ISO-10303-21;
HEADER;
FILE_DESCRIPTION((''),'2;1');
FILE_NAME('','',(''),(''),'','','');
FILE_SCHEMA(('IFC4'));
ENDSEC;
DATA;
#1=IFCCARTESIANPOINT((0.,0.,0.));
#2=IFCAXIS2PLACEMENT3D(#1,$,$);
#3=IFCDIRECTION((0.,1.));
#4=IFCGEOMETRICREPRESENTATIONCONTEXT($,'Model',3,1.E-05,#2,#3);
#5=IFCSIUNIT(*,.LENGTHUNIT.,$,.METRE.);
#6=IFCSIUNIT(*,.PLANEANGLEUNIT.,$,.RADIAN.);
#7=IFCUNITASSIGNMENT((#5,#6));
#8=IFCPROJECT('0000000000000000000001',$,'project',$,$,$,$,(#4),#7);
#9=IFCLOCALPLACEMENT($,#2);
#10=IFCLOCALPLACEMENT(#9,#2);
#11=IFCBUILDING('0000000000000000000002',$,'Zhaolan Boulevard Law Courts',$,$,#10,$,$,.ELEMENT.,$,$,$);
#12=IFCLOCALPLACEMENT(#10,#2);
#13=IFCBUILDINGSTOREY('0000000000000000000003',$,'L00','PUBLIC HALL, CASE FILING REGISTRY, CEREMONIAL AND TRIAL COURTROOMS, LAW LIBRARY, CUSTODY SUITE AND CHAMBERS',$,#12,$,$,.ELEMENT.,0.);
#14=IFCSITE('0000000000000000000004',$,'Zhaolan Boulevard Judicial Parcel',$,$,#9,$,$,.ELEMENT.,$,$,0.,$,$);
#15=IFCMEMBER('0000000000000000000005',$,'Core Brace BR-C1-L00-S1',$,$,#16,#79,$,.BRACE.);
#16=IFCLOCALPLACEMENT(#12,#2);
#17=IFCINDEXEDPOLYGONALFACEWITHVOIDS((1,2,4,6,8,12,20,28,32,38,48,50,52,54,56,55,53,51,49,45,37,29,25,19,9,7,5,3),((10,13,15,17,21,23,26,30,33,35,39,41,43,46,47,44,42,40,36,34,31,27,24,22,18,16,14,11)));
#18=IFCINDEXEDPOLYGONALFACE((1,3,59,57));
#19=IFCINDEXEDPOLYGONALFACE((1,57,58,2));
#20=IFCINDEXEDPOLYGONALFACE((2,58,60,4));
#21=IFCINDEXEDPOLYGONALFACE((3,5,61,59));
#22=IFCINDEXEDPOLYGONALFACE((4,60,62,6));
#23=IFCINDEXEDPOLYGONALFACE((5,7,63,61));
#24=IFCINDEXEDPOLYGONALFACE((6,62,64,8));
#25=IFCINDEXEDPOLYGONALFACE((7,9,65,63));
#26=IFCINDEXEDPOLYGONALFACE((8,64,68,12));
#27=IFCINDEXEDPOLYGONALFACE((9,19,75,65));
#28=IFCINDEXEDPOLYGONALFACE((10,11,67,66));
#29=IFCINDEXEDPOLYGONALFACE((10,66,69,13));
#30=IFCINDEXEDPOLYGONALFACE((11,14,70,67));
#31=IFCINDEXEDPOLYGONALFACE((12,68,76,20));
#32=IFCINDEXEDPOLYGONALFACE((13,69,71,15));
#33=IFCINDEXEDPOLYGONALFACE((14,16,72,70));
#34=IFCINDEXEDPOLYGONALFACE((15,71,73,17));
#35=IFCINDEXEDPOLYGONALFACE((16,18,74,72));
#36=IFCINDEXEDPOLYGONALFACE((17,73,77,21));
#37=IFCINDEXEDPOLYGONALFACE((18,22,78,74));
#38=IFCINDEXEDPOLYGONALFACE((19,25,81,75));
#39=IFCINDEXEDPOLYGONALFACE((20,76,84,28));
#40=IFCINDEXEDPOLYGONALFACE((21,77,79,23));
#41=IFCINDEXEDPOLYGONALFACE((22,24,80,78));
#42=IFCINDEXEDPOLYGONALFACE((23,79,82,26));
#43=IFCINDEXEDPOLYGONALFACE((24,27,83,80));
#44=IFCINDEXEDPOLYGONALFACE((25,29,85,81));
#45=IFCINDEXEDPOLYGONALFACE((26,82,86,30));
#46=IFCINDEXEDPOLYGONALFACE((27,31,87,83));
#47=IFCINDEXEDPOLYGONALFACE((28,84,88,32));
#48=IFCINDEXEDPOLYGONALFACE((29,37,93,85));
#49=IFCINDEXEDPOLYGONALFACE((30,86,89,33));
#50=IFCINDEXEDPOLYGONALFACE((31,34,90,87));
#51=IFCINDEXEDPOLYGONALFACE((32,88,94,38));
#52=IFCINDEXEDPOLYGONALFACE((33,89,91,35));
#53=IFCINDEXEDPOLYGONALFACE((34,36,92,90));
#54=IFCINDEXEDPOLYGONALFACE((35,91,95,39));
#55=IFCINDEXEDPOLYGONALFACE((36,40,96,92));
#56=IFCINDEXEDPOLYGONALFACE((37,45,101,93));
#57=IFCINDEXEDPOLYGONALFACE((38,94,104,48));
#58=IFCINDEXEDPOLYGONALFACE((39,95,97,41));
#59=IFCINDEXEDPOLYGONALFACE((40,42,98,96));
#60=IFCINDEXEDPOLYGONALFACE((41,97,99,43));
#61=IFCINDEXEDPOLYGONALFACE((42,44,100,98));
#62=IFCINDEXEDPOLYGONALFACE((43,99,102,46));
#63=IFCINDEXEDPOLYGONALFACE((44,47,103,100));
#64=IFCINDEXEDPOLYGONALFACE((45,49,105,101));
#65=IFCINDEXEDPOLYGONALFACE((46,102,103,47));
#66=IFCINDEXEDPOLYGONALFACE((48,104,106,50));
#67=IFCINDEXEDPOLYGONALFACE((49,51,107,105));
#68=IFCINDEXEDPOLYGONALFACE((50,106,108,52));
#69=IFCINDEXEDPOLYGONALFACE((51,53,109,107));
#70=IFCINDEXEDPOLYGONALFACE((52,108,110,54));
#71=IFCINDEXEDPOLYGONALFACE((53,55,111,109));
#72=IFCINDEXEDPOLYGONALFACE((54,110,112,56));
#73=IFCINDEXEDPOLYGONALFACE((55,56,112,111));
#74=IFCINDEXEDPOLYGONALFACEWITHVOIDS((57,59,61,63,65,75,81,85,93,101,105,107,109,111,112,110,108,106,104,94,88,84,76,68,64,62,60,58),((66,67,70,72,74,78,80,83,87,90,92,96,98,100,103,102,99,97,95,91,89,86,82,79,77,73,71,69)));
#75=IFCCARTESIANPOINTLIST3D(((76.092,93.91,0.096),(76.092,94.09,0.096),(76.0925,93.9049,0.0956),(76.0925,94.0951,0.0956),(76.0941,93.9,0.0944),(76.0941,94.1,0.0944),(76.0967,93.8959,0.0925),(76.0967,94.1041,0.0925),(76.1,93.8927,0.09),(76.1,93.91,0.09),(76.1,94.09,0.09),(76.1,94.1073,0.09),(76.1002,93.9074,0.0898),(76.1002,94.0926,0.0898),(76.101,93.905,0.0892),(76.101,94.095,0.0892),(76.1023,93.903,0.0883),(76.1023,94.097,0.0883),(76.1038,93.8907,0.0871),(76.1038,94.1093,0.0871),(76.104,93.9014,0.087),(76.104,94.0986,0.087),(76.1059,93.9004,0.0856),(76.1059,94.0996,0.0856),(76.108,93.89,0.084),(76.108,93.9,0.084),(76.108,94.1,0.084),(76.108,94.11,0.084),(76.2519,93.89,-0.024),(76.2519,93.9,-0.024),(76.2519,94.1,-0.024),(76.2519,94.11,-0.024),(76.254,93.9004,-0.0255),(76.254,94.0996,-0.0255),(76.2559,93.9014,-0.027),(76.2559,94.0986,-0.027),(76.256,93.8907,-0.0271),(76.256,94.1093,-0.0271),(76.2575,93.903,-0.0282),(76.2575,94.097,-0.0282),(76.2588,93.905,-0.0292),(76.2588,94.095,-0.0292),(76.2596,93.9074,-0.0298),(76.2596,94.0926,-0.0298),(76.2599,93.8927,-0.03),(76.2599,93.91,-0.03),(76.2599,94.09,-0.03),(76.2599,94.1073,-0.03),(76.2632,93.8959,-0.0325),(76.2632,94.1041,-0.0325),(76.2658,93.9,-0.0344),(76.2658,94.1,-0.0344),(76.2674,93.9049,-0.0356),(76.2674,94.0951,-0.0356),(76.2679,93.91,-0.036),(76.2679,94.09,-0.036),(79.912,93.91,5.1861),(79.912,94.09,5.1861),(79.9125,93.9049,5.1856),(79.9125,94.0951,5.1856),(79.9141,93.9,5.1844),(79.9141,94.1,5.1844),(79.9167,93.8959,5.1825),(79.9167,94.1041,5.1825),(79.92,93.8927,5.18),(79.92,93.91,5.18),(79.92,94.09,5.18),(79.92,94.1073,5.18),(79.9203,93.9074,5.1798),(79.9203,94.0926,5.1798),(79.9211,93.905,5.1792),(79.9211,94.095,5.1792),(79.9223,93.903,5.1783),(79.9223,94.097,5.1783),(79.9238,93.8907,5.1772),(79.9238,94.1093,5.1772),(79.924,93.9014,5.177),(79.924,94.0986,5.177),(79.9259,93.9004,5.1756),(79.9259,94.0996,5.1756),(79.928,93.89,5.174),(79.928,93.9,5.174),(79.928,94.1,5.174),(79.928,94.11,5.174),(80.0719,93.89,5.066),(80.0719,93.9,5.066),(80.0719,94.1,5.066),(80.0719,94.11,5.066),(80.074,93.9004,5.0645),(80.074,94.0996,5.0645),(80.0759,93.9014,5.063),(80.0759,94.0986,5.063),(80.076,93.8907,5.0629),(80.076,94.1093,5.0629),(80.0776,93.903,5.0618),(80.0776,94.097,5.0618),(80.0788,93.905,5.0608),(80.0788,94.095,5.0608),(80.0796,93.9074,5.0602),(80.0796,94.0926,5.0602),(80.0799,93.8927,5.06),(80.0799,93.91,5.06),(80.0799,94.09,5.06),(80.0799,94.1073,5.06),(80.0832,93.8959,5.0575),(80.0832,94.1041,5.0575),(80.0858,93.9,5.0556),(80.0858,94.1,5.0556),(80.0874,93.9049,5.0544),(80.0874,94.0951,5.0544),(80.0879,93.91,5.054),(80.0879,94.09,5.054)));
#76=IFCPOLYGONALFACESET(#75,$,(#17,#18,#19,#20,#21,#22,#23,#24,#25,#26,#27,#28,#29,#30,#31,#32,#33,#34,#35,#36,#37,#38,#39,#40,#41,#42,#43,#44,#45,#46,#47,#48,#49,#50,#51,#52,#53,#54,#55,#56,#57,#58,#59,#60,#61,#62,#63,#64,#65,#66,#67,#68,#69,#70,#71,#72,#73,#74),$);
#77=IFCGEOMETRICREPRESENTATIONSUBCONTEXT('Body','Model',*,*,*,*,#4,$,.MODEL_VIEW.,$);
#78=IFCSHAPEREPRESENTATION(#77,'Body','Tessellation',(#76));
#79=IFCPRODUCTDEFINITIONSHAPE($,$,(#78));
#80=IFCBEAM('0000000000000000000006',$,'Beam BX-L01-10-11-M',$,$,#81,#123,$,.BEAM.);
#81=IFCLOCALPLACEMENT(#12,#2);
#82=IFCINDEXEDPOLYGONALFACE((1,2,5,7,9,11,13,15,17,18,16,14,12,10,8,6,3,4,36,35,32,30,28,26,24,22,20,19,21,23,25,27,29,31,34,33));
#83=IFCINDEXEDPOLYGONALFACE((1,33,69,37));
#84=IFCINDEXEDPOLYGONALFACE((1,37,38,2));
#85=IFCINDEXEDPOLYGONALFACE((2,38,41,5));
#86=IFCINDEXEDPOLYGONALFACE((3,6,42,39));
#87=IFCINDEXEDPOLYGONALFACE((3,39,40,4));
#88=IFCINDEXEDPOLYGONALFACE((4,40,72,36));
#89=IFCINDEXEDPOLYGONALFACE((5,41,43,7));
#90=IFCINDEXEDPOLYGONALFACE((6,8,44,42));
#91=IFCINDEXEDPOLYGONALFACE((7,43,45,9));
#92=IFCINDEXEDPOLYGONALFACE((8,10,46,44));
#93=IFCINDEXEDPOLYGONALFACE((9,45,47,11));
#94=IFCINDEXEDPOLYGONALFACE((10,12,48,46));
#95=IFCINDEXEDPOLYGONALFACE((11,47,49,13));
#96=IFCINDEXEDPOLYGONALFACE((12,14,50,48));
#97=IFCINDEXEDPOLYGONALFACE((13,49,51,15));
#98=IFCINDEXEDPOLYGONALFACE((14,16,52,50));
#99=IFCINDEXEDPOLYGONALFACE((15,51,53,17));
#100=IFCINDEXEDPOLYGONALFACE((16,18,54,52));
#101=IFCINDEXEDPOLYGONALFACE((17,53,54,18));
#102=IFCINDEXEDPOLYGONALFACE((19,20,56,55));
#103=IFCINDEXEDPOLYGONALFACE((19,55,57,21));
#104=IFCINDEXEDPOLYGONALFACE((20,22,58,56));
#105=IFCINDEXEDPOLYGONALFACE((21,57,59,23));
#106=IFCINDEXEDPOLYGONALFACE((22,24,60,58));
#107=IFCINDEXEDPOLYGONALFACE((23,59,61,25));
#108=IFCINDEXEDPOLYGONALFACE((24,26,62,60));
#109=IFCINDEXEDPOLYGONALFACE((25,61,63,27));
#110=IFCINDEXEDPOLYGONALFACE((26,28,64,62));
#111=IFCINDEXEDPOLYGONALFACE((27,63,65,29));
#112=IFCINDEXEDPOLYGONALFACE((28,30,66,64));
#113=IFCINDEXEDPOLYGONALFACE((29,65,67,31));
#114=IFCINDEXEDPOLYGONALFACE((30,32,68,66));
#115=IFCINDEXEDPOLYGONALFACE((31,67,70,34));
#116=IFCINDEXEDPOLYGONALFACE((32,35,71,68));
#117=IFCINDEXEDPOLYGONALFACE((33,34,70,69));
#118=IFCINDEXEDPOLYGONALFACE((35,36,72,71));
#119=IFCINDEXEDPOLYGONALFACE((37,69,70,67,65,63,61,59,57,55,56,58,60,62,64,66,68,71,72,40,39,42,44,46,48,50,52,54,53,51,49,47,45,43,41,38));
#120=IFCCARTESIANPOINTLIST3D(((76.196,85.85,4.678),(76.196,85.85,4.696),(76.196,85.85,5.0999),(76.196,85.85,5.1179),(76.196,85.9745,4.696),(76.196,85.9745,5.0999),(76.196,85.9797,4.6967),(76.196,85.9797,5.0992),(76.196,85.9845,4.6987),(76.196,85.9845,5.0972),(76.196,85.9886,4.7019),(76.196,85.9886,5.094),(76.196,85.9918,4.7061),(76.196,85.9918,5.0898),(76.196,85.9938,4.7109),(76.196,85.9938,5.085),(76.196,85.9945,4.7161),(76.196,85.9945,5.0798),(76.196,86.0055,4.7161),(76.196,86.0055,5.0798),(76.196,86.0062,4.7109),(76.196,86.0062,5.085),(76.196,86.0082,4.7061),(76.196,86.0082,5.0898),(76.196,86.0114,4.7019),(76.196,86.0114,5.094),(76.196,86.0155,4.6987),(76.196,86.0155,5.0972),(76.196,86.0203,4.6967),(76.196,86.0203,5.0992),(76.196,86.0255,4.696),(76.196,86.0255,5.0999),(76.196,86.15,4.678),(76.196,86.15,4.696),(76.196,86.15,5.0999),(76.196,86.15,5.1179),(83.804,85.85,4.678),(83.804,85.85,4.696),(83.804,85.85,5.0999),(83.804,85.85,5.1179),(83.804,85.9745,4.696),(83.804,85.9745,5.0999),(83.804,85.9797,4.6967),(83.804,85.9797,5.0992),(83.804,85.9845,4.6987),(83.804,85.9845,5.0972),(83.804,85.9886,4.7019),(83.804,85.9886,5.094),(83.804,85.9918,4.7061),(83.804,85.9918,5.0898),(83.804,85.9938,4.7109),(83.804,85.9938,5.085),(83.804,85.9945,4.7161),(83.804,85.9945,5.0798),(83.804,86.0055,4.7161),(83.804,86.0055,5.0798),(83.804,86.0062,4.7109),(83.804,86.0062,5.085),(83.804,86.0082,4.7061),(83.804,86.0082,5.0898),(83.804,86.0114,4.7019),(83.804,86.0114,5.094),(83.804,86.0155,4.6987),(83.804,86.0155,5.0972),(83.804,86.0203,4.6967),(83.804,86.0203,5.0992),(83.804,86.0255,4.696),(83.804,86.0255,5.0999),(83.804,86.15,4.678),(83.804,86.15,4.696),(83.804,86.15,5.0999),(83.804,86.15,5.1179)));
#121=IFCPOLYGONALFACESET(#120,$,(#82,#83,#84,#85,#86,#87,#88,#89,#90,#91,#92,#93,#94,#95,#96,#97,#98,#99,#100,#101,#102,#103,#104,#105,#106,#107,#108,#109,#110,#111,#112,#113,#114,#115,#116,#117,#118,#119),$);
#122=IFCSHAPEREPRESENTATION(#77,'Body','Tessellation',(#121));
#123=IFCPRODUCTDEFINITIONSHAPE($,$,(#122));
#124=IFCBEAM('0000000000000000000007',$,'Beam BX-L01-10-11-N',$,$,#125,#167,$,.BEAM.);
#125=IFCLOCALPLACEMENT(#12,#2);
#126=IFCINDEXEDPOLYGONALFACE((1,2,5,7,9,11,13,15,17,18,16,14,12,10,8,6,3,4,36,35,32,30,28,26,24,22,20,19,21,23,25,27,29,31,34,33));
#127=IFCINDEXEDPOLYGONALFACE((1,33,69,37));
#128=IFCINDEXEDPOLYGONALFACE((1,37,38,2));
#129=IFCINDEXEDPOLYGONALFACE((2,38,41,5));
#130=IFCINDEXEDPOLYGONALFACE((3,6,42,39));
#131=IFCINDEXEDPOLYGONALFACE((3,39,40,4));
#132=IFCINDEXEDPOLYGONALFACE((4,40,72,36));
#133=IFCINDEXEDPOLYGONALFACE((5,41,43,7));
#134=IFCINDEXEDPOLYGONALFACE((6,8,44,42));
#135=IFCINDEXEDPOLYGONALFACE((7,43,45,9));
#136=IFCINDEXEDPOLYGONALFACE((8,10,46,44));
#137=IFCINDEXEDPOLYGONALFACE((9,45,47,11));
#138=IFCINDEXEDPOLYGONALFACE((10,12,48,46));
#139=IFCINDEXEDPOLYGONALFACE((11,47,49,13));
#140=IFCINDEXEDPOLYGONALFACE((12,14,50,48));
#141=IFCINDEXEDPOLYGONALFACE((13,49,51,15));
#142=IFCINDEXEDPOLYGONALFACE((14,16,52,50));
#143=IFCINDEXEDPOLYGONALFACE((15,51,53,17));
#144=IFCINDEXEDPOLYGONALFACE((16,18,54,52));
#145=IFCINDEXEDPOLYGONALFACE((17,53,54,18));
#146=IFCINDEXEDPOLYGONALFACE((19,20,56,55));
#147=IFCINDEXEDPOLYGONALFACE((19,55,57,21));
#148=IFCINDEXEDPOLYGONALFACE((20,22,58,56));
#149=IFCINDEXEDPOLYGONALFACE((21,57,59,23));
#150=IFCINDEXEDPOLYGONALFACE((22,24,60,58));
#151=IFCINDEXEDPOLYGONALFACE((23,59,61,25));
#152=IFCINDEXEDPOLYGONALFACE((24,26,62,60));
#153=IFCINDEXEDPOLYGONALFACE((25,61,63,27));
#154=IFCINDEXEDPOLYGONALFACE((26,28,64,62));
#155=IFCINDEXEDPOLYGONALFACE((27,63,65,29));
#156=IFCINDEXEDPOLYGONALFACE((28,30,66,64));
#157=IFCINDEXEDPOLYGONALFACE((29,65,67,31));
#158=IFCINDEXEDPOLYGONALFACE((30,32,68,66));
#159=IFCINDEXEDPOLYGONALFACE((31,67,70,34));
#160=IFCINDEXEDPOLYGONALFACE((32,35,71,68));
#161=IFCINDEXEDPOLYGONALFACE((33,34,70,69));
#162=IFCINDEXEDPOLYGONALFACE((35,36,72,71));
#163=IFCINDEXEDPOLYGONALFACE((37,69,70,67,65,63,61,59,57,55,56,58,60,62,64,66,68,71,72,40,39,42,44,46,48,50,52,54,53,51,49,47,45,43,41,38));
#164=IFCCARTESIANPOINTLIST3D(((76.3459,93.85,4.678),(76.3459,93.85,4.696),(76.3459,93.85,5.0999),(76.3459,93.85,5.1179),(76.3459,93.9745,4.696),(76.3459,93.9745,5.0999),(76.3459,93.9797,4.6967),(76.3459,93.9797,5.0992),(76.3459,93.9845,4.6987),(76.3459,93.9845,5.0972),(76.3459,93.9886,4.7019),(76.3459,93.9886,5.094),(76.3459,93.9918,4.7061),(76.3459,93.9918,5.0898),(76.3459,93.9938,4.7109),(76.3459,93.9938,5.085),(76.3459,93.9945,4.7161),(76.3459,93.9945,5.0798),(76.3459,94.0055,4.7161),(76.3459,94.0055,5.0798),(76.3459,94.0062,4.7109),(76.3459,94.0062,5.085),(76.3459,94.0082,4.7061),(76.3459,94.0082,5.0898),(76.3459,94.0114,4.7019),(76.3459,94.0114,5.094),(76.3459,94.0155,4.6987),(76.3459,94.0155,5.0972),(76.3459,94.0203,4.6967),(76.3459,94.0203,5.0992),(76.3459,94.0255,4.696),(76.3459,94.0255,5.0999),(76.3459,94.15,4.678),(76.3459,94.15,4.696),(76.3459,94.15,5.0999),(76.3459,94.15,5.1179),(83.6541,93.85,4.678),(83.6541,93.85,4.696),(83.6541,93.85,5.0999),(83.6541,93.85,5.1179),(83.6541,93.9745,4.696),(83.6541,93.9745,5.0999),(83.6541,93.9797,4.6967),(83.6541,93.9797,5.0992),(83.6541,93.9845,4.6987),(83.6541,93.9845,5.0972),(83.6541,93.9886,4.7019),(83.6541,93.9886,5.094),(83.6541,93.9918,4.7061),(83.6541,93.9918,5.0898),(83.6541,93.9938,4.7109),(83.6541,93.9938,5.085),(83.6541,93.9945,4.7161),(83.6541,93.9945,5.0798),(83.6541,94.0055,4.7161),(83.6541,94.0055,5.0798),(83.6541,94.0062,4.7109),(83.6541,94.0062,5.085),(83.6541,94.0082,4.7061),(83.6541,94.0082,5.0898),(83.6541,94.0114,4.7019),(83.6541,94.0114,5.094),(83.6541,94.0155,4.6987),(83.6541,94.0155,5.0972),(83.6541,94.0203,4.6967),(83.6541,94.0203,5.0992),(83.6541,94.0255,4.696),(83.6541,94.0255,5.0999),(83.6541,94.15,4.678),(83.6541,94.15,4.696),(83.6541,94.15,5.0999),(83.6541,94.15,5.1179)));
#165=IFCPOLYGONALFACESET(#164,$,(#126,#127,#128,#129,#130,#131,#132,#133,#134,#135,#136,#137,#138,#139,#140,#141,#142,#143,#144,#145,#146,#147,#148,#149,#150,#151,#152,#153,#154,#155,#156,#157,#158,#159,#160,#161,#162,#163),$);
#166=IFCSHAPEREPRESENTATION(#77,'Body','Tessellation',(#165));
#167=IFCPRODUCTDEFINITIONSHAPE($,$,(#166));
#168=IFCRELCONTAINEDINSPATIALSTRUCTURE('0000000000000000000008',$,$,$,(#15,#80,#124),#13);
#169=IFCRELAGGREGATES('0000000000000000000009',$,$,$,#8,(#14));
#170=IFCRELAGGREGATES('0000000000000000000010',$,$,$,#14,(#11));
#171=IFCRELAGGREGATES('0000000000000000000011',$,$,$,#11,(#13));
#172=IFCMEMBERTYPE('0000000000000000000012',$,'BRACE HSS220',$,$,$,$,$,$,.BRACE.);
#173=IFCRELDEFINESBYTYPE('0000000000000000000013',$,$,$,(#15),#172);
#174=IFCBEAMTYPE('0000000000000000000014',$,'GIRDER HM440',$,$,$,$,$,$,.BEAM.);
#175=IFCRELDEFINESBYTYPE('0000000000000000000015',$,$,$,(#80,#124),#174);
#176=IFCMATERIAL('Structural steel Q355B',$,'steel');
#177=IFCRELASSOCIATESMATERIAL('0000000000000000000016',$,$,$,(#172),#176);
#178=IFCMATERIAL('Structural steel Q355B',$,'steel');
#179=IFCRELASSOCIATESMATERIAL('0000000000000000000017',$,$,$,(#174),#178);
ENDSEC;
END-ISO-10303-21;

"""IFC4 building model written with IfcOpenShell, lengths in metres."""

from ifc_helpers import new_model, si_unit, direction, frame, origin, origin_2d, place, context, subcontext, project, spatial, hollow_rectangle, i_section, extrude, material, material_profile, profile_set, type_object, element, save


model = new_model("IFC4")

# Units and contexts
model_context = context("Model", 3, precision=1e-05, world=origin(), true_north=direction((0.0, 1.0)))
body_context = subcontext(model_context, "Body", "Model", "MODEL_VIEW")
ifc_project = project(units=[si_unit("LENGTHUNIT", "METRE"), si_unit("PLANEANGLEUNIT", "RADIAN")], contexts=[model_context])

# Site, building, storey
site_placement = place(None, origin())
site = spatial("IfcSite", under=ifc_project, at=site_placement, Name="Zhaolan Boulevard Judicial Parcel", CompositionType="ELEMENT", RefElevation=0.0)
building_placement = place(site_placement, origin())
building = spatial("IfcBuilding", under=site, at=building_placement, Name="Zhaolan Boulevard Law Courts", CompositionType="ELEMENT")
storey_placement = place(building_placement, origin())
storey = spatial("IfcBuildingStorey", under=building, at=storey_placement, Name="L00", Description="PUBLIC HALL, CASE FILING REGISTRY, CEREMONIAL AND TRIAL COURTROOMS, LAW LIBRARY, CUSTODY SUITE AND CHAMBERS", CompositionType="ELEMENT", Elevation=0.0)

# Member
ifc_material_1 = material(Name="Structural steel Q355B", Category="steel")
ifc_material_profile_1 = material_profile(ifc_material_1, hollow_rectangle(XDim=0.22, YDim=0.22, WallThickness=0.01, InnerFilletRadius=0.01, OuterFilletRadius=0.02, at=origin_2d()), Name="HSS220x220x10")
ifc_profile_set_1 = profile_set([ifc_material_profile_1], Name="Structural steel Q355B")
member_type_1 = type_object("IfcMemberType", Name="BRACE HSS220", PredefinedType="BRACE", material=ifc_profile_set_1)
member_1_placement = place(storey_placement, frame((76.1799, 94.0, 0.03), z_axis=(0.600252, 0.0, 0.799811), x_axis=(0.0, 1.0, 0.0)))
element("IfcMember", 1, at=member_1_placement, inside=storey, type_object=member_type_1, Name="Core Brace BR-C1-L00-S1", PredefinedType="BRACE", context=body_context, shape_type="SweptSolid", body=[
    extrude(hollow_rectangle(XDim=0.22, YDim=0.22, WallThickness=0.01, InnerFilletRadius=0.01, OuterFilletRadius=0.02, at=origin_2d()), origin(), (0.0, 0.0, 1.0), 6.364),
])

# Beams
ifc_material_2 = material(Name="Structural steel Q355B", Category="steel")
ifc_material_profile_2 = material_profile(ifc_material_2, i_section(OverallWidth=0.3, OverallDepth=0.4399, WebThickness=0.011, FlangeThickness=0.0181, FilletRadius=0.02, at=origin_2d()), Name="HM440x300")
ifc_profile_set_2 = profile_set([ifc_material_profile_2], Name="Structural steel Q355B")
beam_type_1 = type_object("IfcBeamType", Name="GIRDER HM440", PredefinedType="BEAM", material=ifc_profile_set_2)
beam_1_placement = place(storey_placement, frame((76.196, 86.0, 4.8979), z_axis=(1.0, 0.0, 0.0), x_axis=(0.0, 1.0, 0.0)))
element("IfcBeam", 2, at=beam_1_placement, inside=storey, type_object=beam_type_1, Name="Beam BX-L01-10-11-M", PredefinedType="BEAM", context=body_context, shape_type="SweptSolid", body=[
    extrude(i_section(OverallWidth=0.3, OverallDepth=0.4399, WebThickness=0.011, FlangeThickness=0.0181, FilletRadius=0.02, at=origin_2d()), origin(), (0.0, 0.0, 1.0), 7.6079),
])
beam_2_placement = place(storey_placement, frame((76.3459, 94.0, 4.8979), z_axis=(1.0, 0.0, 0.0), x_axis=(0.0, 1.0, 0.0)))
element("IfcBeam", 3, at=beam_2_placement, inside=storey, type_object=beam_type_1, Name="Beam BX-L01-10-11-N", PredefinedType="BEAM", context=body_context, shape_type="SweptSolid", body=[
    extrude(i_section(OverallWidth=0.3, OverallDepth=0.4399, WebThickness=0.011, FlangeThickness=0.0181, FilletRadius=0.02, at=origin_2d()), origin(), (0.0, 0.0, 1.0), 7.3081),
])

save(model, "model.ifc")
